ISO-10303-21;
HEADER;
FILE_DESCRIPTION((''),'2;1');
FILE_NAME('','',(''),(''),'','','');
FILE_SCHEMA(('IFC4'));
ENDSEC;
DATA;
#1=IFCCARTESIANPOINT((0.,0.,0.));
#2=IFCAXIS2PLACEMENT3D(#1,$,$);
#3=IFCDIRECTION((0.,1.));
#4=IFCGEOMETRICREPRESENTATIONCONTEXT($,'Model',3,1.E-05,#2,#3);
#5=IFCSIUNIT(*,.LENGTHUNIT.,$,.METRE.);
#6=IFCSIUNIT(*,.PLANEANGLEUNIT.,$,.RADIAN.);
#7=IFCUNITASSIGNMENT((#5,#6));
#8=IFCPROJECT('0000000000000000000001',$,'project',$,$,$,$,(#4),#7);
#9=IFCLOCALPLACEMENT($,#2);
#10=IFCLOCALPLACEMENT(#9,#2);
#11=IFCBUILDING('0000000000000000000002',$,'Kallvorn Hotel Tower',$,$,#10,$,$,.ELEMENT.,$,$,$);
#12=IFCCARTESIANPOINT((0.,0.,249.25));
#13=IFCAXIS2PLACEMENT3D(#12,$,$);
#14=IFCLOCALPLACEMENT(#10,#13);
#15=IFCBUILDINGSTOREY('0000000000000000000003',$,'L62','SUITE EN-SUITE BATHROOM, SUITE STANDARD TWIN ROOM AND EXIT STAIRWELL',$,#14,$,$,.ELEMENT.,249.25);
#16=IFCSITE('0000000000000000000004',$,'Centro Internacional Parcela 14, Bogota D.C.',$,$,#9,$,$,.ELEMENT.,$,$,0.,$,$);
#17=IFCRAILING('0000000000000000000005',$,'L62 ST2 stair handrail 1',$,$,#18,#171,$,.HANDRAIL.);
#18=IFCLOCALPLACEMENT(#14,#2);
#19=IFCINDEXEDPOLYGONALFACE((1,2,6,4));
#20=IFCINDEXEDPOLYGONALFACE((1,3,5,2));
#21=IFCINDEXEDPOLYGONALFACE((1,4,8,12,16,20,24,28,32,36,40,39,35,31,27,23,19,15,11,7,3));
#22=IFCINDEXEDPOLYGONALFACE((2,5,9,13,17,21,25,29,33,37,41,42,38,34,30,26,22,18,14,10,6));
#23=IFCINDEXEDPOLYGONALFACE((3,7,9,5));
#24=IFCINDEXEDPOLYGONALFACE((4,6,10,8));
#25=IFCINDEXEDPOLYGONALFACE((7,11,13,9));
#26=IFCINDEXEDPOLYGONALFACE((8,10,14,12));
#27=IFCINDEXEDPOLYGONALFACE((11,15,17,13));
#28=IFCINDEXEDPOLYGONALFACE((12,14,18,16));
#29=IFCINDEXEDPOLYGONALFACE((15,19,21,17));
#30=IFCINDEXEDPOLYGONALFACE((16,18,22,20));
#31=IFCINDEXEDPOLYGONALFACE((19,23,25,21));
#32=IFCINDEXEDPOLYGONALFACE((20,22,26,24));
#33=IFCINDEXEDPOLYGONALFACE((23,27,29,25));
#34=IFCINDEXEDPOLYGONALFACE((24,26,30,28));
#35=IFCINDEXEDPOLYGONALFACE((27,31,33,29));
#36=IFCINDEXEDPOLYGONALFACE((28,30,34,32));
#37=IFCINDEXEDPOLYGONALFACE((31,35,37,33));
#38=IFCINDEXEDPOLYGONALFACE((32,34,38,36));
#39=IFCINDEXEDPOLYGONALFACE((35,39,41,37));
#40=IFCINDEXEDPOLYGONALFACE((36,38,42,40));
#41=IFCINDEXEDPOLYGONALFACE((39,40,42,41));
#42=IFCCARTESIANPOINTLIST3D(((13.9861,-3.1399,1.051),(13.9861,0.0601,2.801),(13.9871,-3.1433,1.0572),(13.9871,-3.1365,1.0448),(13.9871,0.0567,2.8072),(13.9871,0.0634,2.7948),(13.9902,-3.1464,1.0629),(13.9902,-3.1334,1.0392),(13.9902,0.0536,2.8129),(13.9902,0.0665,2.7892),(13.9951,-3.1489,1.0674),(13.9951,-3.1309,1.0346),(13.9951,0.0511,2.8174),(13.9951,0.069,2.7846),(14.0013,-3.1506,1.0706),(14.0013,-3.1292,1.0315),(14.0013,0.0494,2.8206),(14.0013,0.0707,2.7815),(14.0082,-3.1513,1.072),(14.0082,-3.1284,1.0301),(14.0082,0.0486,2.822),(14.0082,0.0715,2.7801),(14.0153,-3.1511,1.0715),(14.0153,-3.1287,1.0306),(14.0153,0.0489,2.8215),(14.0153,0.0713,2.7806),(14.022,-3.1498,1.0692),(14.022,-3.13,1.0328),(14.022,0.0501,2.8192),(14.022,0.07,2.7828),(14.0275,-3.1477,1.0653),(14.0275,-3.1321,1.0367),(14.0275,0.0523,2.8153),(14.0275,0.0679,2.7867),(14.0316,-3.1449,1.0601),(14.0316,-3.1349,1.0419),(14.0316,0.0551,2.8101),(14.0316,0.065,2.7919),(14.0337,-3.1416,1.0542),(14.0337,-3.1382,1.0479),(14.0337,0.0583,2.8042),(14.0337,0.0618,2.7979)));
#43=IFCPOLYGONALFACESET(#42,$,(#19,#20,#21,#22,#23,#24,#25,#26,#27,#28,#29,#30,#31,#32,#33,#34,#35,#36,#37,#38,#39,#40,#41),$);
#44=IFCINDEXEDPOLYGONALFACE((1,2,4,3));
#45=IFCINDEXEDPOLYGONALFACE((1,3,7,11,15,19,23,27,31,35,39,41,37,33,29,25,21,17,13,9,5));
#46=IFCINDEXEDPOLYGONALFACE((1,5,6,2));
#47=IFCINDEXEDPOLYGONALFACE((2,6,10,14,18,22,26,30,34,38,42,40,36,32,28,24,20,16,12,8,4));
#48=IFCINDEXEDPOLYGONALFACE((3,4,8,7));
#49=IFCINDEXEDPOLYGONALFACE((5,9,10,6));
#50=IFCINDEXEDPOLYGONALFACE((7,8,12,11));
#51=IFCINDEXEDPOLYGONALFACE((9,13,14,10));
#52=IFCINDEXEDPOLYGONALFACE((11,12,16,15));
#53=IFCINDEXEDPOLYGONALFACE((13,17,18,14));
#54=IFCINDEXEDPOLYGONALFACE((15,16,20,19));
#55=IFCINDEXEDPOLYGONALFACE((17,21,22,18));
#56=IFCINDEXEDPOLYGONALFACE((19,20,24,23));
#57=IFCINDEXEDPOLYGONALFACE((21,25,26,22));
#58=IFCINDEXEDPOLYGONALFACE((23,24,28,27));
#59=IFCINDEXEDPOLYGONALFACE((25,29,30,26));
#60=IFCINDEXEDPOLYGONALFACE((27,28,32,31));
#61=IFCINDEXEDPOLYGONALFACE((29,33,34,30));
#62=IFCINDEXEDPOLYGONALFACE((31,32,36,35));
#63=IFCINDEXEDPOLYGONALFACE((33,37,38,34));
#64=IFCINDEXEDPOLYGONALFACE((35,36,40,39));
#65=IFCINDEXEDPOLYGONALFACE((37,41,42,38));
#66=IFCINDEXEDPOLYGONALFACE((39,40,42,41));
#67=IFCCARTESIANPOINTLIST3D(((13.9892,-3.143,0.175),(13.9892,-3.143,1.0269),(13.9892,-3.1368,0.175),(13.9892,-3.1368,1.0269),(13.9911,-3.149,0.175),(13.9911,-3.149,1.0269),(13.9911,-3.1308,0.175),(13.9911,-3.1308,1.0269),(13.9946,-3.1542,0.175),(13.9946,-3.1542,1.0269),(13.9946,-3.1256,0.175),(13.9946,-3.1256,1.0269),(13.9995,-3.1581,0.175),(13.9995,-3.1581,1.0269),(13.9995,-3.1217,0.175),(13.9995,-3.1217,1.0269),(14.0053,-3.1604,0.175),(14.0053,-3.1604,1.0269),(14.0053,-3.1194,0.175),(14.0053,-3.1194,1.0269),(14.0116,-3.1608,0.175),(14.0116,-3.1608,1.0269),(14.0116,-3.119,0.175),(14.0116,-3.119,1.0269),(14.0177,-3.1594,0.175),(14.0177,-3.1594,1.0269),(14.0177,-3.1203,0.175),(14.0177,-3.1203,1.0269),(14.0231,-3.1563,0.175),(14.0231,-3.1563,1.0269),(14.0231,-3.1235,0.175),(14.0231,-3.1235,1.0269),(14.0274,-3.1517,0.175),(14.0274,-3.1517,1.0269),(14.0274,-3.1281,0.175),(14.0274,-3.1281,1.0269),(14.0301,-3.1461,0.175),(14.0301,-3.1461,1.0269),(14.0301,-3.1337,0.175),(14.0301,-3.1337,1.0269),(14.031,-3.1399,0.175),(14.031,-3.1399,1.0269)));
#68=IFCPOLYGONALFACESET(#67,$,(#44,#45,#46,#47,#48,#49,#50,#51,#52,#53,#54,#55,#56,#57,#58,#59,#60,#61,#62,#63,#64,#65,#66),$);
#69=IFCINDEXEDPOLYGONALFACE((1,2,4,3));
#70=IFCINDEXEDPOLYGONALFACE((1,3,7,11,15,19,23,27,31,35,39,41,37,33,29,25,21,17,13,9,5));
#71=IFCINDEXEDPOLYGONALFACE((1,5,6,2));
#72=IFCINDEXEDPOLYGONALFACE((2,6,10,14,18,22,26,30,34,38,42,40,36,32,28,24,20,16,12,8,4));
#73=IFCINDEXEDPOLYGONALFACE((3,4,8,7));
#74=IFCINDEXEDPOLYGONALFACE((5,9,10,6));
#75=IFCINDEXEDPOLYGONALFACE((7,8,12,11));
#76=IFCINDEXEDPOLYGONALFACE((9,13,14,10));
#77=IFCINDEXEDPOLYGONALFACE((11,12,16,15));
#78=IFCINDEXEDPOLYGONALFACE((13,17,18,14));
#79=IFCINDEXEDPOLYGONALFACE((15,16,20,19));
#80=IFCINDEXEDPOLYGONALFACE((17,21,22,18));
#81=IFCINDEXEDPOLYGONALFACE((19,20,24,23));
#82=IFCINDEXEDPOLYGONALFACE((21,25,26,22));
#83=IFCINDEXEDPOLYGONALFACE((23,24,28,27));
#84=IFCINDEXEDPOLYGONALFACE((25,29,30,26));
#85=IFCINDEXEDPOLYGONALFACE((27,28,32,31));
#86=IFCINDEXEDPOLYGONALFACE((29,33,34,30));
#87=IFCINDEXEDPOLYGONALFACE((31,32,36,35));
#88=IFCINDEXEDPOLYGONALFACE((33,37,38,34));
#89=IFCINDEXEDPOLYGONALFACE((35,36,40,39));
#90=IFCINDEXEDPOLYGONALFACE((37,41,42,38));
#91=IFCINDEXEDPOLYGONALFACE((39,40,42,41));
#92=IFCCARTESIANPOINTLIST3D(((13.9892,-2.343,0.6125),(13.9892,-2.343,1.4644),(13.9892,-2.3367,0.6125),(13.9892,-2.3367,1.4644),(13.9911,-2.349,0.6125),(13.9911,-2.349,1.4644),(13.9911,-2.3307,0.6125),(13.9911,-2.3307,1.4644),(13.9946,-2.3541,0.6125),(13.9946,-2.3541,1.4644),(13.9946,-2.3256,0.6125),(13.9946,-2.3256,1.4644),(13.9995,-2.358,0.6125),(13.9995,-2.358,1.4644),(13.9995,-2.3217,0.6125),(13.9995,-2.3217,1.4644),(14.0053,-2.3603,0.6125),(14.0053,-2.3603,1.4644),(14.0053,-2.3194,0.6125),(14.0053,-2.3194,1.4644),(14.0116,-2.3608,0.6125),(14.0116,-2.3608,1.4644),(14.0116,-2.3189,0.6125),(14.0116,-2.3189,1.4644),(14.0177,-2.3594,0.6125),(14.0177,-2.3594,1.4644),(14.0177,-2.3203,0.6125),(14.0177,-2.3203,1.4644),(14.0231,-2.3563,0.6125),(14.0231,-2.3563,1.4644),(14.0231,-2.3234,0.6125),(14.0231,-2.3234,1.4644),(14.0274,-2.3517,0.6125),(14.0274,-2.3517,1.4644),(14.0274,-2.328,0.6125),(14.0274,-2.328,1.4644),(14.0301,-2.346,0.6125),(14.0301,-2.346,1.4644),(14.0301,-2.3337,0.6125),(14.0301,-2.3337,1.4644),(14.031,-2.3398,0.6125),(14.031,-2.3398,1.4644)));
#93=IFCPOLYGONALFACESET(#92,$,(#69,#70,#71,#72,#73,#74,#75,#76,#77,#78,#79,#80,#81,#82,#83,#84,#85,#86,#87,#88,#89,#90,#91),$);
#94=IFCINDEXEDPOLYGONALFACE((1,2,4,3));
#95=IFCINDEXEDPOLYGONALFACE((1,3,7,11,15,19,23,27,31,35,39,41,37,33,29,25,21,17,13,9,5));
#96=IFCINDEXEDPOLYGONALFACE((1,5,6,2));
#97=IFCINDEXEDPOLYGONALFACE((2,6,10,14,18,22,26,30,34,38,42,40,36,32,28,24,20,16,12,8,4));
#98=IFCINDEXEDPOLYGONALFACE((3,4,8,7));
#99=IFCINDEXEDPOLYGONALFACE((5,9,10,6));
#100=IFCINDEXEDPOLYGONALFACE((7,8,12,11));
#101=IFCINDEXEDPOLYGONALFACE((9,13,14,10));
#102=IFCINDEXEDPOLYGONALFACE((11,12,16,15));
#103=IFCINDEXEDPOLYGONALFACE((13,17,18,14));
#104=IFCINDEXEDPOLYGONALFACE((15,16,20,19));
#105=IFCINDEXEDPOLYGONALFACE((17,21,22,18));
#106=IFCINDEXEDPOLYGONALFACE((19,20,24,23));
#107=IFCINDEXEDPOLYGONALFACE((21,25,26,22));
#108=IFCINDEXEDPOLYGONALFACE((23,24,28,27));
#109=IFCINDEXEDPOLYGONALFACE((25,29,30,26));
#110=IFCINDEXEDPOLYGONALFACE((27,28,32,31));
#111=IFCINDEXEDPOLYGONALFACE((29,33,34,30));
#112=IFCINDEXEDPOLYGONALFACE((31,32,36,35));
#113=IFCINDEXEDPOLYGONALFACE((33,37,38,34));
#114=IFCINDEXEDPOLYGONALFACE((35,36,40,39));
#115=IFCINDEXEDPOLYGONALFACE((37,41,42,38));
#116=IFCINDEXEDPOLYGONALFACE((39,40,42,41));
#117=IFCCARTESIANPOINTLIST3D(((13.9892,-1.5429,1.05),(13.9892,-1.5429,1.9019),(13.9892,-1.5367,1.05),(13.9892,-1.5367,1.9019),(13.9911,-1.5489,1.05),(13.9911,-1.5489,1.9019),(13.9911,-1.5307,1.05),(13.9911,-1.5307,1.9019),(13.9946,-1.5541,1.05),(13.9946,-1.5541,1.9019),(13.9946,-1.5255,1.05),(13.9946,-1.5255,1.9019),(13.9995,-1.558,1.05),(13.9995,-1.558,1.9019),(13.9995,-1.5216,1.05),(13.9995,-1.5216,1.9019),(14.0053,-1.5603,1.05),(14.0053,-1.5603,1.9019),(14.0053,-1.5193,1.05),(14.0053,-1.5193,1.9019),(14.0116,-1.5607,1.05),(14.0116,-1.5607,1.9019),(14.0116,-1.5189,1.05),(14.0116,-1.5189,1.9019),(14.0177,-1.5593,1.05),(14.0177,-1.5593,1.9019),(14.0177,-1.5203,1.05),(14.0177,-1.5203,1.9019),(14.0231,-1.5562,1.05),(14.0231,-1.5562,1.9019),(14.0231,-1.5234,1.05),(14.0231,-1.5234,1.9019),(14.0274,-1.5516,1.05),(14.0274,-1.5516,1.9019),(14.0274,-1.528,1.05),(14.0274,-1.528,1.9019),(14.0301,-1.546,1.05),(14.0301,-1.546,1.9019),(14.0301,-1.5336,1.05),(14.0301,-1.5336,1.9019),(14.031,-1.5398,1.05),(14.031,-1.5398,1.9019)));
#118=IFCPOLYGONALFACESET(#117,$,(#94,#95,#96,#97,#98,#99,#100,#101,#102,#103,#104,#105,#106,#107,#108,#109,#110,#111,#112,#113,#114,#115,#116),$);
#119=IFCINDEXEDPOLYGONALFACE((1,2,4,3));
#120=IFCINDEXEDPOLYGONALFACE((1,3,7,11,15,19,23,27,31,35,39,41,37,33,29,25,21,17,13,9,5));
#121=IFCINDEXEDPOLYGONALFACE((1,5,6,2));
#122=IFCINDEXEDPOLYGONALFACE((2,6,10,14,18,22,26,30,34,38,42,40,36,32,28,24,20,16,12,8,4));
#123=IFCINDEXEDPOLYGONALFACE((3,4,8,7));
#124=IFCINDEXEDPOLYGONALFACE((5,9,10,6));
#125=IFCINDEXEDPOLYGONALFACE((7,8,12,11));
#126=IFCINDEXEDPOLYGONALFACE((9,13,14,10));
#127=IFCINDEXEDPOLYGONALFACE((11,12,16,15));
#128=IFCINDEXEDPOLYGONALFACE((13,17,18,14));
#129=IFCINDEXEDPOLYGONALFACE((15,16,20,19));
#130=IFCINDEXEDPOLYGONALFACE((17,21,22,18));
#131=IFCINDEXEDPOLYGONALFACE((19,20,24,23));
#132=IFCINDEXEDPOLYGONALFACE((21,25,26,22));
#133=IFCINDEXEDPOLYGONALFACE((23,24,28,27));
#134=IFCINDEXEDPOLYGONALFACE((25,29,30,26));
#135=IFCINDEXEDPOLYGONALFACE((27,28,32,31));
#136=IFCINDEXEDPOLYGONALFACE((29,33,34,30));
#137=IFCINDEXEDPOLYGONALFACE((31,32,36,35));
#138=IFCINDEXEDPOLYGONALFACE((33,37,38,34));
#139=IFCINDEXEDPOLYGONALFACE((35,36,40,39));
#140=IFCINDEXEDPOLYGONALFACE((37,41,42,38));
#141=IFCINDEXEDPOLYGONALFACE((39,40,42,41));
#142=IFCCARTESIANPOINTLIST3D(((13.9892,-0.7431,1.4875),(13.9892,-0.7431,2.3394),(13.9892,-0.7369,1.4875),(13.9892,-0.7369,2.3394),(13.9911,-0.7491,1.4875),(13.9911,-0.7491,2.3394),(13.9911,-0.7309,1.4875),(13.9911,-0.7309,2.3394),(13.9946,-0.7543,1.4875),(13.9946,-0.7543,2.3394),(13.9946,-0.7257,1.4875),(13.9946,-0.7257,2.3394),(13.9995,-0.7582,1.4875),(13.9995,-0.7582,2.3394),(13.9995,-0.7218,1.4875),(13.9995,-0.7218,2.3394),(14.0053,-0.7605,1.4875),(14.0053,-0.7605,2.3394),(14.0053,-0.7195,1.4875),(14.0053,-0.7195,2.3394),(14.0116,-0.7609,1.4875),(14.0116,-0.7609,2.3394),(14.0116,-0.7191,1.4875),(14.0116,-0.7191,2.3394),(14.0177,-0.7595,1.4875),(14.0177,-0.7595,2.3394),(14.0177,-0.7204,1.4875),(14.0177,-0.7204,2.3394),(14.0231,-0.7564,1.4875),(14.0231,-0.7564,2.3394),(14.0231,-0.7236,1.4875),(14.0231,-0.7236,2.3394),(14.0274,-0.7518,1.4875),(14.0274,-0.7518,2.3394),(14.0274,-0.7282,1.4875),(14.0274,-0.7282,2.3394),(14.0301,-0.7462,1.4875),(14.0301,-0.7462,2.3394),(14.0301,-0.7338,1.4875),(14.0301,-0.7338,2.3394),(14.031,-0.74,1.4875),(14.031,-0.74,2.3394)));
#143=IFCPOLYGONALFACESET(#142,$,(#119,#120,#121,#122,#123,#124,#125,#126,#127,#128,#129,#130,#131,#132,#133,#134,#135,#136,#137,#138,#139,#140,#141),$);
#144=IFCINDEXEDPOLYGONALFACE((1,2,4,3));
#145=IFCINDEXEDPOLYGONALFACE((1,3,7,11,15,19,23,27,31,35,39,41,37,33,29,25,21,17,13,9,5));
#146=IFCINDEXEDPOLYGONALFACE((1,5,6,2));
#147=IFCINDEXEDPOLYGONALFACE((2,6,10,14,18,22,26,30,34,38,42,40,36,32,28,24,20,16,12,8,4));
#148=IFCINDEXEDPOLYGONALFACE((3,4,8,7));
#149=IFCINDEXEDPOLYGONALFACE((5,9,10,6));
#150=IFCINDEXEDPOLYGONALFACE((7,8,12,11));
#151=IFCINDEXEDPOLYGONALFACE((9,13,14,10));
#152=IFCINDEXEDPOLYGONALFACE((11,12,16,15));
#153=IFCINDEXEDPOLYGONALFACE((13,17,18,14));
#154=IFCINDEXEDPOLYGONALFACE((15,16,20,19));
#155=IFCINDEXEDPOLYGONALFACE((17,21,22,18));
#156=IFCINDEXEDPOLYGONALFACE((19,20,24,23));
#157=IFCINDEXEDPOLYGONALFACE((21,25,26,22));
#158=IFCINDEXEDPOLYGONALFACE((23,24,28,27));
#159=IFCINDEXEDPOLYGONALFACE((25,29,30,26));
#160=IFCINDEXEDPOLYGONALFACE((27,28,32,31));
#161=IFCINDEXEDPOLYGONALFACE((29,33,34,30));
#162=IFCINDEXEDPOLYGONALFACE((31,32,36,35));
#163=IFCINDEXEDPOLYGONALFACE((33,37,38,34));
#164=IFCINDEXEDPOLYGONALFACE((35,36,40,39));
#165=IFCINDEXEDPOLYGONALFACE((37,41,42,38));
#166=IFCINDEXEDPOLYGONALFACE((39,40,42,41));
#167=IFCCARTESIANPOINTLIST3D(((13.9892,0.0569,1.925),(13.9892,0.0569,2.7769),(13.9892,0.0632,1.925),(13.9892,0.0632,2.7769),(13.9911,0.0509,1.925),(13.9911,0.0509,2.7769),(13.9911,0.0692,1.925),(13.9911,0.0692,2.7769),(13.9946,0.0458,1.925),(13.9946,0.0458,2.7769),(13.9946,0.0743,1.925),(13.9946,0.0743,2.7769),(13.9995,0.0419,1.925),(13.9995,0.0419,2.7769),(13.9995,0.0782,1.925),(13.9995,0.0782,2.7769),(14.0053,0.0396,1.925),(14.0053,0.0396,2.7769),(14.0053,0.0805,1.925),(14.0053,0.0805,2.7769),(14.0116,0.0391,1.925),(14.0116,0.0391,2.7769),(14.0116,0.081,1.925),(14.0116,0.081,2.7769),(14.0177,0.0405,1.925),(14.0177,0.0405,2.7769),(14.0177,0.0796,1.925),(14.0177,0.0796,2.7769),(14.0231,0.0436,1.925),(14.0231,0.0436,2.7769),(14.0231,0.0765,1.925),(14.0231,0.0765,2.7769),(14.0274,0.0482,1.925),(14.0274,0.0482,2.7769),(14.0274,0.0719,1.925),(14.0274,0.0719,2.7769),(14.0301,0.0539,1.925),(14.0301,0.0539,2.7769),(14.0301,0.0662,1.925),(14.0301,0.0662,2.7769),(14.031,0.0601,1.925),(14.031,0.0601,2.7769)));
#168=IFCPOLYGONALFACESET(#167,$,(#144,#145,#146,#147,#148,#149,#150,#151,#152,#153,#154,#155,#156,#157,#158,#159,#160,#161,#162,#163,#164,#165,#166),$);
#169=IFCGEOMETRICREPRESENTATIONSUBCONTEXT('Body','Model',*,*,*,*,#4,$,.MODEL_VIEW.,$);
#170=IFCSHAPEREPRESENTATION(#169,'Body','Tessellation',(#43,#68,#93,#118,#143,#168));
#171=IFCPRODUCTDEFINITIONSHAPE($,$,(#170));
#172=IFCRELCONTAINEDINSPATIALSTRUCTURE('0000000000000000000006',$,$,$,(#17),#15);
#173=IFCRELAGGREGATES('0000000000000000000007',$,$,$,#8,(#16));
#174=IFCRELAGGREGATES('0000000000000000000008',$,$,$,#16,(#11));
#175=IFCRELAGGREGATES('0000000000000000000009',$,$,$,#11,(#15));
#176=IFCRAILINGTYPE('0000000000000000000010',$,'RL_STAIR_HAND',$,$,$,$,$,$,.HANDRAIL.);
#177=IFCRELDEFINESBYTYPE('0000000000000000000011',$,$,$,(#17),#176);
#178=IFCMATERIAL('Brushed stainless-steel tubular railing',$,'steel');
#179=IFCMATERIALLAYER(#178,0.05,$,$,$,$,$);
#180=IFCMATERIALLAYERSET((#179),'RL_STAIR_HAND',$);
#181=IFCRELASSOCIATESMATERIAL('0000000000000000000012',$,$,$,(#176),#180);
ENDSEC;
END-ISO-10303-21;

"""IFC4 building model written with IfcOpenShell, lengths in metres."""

from ifc_helpers import new_model, si_unit, direction, frame, origin, origin_2d, place, context, subcontext, project, spatial, circle, extrude, material, layer, layer_set, type_object, element, save


model = new_model("IFC4")

# Units and contexts
model_context = context("Model", 3, precision=1e-05, world=origin(), true_north=direction((0.0, 1.0)))
body_context = subcontext(model_context, "Body", "Model", "MODEL_VIEW")
ifc_project = project(units=[si_unit("LENGTHUNIT", "METRE"), si_unit("PLANEANGLEUNIT", "RADIAN")], contexts=[model_context])

# Site, building, storey
site_placement = place(None, origin())
site = spatial("IfcSite", under=ifc_project, at=site_placement, Name="Centro Internacional Parcela 14, Bogota D.C.", CompositionType="ELEMENT", RefElevation=0.0)
building_placement = place(site_placement, origin())
building = spatial("IfcBuilding", under=site, at=building_placement, Name="Kallvorn Hotel Tower", CompositionType="ELEMENT")
storey_placement = place(building_placement, frame((0.0, 0.0, 249.25)))
storey = spatial("IfcBuildingStorey", under=building, at=storey_placement, Name="L62", Description="SUITE EN-SUITE BATHROOM, SUITE STANDARD TWIN ROOM AND EXIT STAIRWELL", CompositionType="ELEMENT", Elevation=249.25)

# Railing
ifc_material_1 = material(Name="Brushed stainless-steel tubular railing", Category="steel")
ifc_layer_1 = layer(ifc_material_1, 0.05)
ifc_layer_set_1 = layer_set([ifc_layer_1], Name="RL_STAIR_HAND")
railing_type_1 = type_object("IfcRailingType", Name="RL_STAIR_HAND", PredefinedType="HANDRAIL", material=ifc_layer_set_1)
railing_1_placement = place(storey_placement, frame((14.01, -3.1399, 0.175)))
element("IfcRailing", 1, at=railing_1_placement, inside=storey, type_object=railing_type_1, Name="L62 ST2 stair handrail 1", PredefinedType="HANDRAIL", context=body_context, shape_type="SweptSolid", body=[
    extrude(circle(Radius=0.0239, at=origin_2d()), frame((0.0, 0.0, 0.876), z_axis=(0.0, 0.877368, 0.479818), x_axis=(-1.0, 0.0, 0.0)), (0.0, 0.0, 1.0), 3.6472),
    extrude(circle(Radius=0.021, at=origin_2d()), origin(), (0.0, 0.0, 1.0), 0.8518),
    extrude(circle(Radius=0.021, at=origin_2d()), frame((0.0, 0.8, 0.4375)), (0.0, 0.0, 1.0), 0.8518),
    extrude(circle(Radius=0.021, at=origin_2d()), frame((0.0, 1.6001, 0.875)), (0.0, 0.0, 1.0), 0.8518),
    extrude(circle(Radius=0.021, at=origin_2d()), frame((0.0, 2.3999, 1.3125)), (0.0, 0.0, 1.0), 0.8518),
    extrude(circle(Radius=0.021, at=origin_2d()), frame((0.0, 3.2, 1.75)), (0.0, 0.0, 1.0), 0.8518),
])

save(model, "model.ifc")
